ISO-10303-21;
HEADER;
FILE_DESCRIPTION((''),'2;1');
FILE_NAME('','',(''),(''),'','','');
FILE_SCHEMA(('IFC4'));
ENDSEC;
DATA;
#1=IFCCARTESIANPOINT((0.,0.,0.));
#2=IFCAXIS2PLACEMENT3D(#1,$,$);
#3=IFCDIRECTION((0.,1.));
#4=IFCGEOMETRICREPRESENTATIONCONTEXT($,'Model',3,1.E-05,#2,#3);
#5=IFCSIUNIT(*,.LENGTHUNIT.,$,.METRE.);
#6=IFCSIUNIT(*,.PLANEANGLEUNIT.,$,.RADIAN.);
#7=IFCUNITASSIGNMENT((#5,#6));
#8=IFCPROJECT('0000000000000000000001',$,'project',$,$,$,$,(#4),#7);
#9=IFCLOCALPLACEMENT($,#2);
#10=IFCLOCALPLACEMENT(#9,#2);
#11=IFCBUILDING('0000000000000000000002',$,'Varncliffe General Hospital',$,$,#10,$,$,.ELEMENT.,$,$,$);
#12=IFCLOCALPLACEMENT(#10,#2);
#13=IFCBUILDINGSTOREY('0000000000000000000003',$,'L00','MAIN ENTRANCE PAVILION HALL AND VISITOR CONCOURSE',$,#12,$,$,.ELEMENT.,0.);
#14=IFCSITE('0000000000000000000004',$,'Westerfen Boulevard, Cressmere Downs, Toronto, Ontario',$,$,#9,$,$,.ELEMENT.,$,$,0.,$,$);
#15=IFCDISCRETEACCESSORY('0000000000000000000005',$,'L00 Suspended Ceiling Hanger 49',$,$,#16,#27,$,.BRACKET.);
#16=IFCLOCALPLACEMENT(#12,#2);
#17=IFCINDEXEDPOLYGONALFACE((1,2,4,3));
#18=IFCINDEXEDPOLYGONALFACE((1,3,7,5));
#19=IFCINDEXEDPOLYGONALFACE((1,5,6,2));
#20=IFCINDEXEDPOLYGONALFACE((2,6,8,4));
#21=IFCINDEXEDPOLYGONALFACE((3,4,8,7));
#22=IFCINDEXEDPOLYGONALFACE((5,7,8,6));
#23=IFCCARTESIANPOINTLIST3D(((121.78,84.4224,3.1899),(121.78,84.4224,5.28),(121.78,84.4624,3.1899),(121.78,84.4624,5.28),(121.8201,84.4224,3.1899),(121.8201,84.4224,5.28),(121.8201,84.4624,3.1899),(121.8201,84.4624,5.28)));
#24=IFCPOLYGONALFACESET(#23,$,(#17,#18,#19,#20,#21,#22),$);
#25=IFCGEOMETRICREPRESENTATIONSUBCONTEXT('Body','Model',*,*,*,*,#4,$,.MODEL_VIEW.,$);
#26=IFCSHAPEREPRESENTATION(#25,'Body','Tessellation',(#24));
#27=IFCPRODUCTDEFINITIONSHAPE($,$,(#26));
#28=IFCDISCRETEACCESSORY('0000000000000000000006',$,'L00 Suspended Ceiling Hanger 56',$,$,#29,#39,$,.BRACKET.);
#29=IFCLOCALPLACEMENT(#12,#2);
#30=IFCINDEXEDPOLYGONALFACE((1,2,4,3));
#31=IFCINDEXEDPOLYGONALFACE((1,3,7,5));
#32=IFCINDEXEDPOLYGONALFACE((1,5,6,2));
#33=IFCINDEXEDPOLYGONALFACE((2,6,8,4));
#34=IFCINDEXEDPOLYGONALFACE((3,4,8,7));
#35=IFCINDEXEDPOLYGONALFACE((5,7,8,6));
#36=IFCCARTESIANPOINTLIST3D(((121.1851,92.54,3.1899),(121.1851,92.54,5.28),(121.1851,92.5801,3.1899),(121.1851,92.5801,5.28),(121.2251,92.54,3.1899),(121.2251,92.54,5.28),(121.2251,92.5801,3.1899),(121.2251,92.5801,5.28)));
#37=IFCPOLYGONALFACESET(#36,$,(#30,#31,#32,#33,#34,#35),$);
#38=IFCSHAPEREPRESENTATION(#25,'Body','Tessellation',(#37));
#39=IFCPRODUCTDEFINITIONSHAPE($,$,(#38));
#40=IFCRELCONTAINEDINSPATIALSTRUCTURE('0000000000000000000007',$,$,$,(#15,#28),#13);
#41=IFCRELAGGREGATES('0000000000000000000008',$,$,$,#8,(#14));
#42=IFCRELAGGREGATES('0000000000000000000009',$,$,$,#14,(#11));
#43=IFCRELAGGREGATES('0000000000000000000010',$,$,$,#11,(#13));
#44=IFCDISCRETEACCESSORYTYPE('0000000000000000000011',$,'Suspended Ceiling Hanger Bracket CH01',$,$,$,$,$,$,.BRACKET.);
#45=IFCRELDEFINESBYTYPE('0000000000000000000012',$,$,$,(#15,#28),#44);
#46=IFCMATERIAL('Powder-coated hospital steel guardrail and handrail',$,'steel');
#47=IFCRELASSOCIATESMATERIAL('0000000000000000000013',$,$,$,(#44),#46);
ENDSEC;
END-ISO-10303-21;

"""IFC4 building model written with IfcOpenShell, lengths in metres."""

from ifc_helpers import new_model, si_unit, direction, frame, origin, origin_2d, place, context, subcontext, project, spatial, rectangle, extrude, material, type_object, element, save


model = new_model("IFC4")

# Units and contexts
model_context = context("Model", 3, precision=1e-05, world=origin(), true_north=direction((0.0, 1.0)))
body_context = subcontext(model_context, "Body", "Model", "MODEL_VIEW")
ifc_project = project(units=[si_unit("LENGTHUNIT", "METRE"), si_unit("PLANEANGLEUNIT", "RADIAN")], contexts=[model_context])

# Site, building, storey
site_placement = place(None, origin())
site = spatial("IfcSite", under=ifc_project, at=site_placement, Name="Westerfen Boulevard, Cressmere Downs, Toronto, Ontario", CompositionType="ELEMENT", RefElevation=0.0)
building_placement = place(site_placement, origin())
building = spatial("IfcBuilding", under=site, at=building_placement, Name="Varncliffe General Hospital", CompositionType="ELEMENT")
storey_placement = place(building_placement, origin())
storey = spatial("IfcBuildingStorey", under=building, at=storey_placement, Name="L00", Description="MAIN ENTRANCE PAVILION HALL AND VISITOR CONCOURSE", CompositionType="ELEMENT", Elevation=0.0)

# Discrete accessories
ifc_material_1 = material(Name="Powder-coated hospital steel guardrail and handrail", Category="steel")
discrete_accessory_type = type_object("IfcDiscreteAccessoryType", Name="Suspended Ceiling Hanger Bracket CH01", PredefinedType="BRACKET", material=ifc_material_1)
for number, where, z_axis, x_axis, name in (
    (1, (121.8, 84.4424, 3.1899), (0.0, 0.0, 1.0), (1.0, 0.0, 0.0), "L00 Suspended Ceiling Hanger 49"),
    (2, (121.2051, 92.5601, 3.1899), (0.0, 0.0, 1.0), (1.0, 0.0, 0.0), "L00 Suspended Ceiling Hanger 56"),
):
    element("IfcDiscreteAccessory", number, at=place(storey_placement, frame(where, z_axis=z_axis, x_axis=x_axis)), inside=storey, type_object=discrete_accessory_type, Name=name, PredefinedType="BRACKET", context=body_context, shape_type="SweptSolid", body=[
        extrude(rectangle(XDim=0.04, YDim=0.04, at=origin_2d()), origin(), (0.0, 0.0, 1.0), 2.0901),
    ])

save(model, "model.ifc")
